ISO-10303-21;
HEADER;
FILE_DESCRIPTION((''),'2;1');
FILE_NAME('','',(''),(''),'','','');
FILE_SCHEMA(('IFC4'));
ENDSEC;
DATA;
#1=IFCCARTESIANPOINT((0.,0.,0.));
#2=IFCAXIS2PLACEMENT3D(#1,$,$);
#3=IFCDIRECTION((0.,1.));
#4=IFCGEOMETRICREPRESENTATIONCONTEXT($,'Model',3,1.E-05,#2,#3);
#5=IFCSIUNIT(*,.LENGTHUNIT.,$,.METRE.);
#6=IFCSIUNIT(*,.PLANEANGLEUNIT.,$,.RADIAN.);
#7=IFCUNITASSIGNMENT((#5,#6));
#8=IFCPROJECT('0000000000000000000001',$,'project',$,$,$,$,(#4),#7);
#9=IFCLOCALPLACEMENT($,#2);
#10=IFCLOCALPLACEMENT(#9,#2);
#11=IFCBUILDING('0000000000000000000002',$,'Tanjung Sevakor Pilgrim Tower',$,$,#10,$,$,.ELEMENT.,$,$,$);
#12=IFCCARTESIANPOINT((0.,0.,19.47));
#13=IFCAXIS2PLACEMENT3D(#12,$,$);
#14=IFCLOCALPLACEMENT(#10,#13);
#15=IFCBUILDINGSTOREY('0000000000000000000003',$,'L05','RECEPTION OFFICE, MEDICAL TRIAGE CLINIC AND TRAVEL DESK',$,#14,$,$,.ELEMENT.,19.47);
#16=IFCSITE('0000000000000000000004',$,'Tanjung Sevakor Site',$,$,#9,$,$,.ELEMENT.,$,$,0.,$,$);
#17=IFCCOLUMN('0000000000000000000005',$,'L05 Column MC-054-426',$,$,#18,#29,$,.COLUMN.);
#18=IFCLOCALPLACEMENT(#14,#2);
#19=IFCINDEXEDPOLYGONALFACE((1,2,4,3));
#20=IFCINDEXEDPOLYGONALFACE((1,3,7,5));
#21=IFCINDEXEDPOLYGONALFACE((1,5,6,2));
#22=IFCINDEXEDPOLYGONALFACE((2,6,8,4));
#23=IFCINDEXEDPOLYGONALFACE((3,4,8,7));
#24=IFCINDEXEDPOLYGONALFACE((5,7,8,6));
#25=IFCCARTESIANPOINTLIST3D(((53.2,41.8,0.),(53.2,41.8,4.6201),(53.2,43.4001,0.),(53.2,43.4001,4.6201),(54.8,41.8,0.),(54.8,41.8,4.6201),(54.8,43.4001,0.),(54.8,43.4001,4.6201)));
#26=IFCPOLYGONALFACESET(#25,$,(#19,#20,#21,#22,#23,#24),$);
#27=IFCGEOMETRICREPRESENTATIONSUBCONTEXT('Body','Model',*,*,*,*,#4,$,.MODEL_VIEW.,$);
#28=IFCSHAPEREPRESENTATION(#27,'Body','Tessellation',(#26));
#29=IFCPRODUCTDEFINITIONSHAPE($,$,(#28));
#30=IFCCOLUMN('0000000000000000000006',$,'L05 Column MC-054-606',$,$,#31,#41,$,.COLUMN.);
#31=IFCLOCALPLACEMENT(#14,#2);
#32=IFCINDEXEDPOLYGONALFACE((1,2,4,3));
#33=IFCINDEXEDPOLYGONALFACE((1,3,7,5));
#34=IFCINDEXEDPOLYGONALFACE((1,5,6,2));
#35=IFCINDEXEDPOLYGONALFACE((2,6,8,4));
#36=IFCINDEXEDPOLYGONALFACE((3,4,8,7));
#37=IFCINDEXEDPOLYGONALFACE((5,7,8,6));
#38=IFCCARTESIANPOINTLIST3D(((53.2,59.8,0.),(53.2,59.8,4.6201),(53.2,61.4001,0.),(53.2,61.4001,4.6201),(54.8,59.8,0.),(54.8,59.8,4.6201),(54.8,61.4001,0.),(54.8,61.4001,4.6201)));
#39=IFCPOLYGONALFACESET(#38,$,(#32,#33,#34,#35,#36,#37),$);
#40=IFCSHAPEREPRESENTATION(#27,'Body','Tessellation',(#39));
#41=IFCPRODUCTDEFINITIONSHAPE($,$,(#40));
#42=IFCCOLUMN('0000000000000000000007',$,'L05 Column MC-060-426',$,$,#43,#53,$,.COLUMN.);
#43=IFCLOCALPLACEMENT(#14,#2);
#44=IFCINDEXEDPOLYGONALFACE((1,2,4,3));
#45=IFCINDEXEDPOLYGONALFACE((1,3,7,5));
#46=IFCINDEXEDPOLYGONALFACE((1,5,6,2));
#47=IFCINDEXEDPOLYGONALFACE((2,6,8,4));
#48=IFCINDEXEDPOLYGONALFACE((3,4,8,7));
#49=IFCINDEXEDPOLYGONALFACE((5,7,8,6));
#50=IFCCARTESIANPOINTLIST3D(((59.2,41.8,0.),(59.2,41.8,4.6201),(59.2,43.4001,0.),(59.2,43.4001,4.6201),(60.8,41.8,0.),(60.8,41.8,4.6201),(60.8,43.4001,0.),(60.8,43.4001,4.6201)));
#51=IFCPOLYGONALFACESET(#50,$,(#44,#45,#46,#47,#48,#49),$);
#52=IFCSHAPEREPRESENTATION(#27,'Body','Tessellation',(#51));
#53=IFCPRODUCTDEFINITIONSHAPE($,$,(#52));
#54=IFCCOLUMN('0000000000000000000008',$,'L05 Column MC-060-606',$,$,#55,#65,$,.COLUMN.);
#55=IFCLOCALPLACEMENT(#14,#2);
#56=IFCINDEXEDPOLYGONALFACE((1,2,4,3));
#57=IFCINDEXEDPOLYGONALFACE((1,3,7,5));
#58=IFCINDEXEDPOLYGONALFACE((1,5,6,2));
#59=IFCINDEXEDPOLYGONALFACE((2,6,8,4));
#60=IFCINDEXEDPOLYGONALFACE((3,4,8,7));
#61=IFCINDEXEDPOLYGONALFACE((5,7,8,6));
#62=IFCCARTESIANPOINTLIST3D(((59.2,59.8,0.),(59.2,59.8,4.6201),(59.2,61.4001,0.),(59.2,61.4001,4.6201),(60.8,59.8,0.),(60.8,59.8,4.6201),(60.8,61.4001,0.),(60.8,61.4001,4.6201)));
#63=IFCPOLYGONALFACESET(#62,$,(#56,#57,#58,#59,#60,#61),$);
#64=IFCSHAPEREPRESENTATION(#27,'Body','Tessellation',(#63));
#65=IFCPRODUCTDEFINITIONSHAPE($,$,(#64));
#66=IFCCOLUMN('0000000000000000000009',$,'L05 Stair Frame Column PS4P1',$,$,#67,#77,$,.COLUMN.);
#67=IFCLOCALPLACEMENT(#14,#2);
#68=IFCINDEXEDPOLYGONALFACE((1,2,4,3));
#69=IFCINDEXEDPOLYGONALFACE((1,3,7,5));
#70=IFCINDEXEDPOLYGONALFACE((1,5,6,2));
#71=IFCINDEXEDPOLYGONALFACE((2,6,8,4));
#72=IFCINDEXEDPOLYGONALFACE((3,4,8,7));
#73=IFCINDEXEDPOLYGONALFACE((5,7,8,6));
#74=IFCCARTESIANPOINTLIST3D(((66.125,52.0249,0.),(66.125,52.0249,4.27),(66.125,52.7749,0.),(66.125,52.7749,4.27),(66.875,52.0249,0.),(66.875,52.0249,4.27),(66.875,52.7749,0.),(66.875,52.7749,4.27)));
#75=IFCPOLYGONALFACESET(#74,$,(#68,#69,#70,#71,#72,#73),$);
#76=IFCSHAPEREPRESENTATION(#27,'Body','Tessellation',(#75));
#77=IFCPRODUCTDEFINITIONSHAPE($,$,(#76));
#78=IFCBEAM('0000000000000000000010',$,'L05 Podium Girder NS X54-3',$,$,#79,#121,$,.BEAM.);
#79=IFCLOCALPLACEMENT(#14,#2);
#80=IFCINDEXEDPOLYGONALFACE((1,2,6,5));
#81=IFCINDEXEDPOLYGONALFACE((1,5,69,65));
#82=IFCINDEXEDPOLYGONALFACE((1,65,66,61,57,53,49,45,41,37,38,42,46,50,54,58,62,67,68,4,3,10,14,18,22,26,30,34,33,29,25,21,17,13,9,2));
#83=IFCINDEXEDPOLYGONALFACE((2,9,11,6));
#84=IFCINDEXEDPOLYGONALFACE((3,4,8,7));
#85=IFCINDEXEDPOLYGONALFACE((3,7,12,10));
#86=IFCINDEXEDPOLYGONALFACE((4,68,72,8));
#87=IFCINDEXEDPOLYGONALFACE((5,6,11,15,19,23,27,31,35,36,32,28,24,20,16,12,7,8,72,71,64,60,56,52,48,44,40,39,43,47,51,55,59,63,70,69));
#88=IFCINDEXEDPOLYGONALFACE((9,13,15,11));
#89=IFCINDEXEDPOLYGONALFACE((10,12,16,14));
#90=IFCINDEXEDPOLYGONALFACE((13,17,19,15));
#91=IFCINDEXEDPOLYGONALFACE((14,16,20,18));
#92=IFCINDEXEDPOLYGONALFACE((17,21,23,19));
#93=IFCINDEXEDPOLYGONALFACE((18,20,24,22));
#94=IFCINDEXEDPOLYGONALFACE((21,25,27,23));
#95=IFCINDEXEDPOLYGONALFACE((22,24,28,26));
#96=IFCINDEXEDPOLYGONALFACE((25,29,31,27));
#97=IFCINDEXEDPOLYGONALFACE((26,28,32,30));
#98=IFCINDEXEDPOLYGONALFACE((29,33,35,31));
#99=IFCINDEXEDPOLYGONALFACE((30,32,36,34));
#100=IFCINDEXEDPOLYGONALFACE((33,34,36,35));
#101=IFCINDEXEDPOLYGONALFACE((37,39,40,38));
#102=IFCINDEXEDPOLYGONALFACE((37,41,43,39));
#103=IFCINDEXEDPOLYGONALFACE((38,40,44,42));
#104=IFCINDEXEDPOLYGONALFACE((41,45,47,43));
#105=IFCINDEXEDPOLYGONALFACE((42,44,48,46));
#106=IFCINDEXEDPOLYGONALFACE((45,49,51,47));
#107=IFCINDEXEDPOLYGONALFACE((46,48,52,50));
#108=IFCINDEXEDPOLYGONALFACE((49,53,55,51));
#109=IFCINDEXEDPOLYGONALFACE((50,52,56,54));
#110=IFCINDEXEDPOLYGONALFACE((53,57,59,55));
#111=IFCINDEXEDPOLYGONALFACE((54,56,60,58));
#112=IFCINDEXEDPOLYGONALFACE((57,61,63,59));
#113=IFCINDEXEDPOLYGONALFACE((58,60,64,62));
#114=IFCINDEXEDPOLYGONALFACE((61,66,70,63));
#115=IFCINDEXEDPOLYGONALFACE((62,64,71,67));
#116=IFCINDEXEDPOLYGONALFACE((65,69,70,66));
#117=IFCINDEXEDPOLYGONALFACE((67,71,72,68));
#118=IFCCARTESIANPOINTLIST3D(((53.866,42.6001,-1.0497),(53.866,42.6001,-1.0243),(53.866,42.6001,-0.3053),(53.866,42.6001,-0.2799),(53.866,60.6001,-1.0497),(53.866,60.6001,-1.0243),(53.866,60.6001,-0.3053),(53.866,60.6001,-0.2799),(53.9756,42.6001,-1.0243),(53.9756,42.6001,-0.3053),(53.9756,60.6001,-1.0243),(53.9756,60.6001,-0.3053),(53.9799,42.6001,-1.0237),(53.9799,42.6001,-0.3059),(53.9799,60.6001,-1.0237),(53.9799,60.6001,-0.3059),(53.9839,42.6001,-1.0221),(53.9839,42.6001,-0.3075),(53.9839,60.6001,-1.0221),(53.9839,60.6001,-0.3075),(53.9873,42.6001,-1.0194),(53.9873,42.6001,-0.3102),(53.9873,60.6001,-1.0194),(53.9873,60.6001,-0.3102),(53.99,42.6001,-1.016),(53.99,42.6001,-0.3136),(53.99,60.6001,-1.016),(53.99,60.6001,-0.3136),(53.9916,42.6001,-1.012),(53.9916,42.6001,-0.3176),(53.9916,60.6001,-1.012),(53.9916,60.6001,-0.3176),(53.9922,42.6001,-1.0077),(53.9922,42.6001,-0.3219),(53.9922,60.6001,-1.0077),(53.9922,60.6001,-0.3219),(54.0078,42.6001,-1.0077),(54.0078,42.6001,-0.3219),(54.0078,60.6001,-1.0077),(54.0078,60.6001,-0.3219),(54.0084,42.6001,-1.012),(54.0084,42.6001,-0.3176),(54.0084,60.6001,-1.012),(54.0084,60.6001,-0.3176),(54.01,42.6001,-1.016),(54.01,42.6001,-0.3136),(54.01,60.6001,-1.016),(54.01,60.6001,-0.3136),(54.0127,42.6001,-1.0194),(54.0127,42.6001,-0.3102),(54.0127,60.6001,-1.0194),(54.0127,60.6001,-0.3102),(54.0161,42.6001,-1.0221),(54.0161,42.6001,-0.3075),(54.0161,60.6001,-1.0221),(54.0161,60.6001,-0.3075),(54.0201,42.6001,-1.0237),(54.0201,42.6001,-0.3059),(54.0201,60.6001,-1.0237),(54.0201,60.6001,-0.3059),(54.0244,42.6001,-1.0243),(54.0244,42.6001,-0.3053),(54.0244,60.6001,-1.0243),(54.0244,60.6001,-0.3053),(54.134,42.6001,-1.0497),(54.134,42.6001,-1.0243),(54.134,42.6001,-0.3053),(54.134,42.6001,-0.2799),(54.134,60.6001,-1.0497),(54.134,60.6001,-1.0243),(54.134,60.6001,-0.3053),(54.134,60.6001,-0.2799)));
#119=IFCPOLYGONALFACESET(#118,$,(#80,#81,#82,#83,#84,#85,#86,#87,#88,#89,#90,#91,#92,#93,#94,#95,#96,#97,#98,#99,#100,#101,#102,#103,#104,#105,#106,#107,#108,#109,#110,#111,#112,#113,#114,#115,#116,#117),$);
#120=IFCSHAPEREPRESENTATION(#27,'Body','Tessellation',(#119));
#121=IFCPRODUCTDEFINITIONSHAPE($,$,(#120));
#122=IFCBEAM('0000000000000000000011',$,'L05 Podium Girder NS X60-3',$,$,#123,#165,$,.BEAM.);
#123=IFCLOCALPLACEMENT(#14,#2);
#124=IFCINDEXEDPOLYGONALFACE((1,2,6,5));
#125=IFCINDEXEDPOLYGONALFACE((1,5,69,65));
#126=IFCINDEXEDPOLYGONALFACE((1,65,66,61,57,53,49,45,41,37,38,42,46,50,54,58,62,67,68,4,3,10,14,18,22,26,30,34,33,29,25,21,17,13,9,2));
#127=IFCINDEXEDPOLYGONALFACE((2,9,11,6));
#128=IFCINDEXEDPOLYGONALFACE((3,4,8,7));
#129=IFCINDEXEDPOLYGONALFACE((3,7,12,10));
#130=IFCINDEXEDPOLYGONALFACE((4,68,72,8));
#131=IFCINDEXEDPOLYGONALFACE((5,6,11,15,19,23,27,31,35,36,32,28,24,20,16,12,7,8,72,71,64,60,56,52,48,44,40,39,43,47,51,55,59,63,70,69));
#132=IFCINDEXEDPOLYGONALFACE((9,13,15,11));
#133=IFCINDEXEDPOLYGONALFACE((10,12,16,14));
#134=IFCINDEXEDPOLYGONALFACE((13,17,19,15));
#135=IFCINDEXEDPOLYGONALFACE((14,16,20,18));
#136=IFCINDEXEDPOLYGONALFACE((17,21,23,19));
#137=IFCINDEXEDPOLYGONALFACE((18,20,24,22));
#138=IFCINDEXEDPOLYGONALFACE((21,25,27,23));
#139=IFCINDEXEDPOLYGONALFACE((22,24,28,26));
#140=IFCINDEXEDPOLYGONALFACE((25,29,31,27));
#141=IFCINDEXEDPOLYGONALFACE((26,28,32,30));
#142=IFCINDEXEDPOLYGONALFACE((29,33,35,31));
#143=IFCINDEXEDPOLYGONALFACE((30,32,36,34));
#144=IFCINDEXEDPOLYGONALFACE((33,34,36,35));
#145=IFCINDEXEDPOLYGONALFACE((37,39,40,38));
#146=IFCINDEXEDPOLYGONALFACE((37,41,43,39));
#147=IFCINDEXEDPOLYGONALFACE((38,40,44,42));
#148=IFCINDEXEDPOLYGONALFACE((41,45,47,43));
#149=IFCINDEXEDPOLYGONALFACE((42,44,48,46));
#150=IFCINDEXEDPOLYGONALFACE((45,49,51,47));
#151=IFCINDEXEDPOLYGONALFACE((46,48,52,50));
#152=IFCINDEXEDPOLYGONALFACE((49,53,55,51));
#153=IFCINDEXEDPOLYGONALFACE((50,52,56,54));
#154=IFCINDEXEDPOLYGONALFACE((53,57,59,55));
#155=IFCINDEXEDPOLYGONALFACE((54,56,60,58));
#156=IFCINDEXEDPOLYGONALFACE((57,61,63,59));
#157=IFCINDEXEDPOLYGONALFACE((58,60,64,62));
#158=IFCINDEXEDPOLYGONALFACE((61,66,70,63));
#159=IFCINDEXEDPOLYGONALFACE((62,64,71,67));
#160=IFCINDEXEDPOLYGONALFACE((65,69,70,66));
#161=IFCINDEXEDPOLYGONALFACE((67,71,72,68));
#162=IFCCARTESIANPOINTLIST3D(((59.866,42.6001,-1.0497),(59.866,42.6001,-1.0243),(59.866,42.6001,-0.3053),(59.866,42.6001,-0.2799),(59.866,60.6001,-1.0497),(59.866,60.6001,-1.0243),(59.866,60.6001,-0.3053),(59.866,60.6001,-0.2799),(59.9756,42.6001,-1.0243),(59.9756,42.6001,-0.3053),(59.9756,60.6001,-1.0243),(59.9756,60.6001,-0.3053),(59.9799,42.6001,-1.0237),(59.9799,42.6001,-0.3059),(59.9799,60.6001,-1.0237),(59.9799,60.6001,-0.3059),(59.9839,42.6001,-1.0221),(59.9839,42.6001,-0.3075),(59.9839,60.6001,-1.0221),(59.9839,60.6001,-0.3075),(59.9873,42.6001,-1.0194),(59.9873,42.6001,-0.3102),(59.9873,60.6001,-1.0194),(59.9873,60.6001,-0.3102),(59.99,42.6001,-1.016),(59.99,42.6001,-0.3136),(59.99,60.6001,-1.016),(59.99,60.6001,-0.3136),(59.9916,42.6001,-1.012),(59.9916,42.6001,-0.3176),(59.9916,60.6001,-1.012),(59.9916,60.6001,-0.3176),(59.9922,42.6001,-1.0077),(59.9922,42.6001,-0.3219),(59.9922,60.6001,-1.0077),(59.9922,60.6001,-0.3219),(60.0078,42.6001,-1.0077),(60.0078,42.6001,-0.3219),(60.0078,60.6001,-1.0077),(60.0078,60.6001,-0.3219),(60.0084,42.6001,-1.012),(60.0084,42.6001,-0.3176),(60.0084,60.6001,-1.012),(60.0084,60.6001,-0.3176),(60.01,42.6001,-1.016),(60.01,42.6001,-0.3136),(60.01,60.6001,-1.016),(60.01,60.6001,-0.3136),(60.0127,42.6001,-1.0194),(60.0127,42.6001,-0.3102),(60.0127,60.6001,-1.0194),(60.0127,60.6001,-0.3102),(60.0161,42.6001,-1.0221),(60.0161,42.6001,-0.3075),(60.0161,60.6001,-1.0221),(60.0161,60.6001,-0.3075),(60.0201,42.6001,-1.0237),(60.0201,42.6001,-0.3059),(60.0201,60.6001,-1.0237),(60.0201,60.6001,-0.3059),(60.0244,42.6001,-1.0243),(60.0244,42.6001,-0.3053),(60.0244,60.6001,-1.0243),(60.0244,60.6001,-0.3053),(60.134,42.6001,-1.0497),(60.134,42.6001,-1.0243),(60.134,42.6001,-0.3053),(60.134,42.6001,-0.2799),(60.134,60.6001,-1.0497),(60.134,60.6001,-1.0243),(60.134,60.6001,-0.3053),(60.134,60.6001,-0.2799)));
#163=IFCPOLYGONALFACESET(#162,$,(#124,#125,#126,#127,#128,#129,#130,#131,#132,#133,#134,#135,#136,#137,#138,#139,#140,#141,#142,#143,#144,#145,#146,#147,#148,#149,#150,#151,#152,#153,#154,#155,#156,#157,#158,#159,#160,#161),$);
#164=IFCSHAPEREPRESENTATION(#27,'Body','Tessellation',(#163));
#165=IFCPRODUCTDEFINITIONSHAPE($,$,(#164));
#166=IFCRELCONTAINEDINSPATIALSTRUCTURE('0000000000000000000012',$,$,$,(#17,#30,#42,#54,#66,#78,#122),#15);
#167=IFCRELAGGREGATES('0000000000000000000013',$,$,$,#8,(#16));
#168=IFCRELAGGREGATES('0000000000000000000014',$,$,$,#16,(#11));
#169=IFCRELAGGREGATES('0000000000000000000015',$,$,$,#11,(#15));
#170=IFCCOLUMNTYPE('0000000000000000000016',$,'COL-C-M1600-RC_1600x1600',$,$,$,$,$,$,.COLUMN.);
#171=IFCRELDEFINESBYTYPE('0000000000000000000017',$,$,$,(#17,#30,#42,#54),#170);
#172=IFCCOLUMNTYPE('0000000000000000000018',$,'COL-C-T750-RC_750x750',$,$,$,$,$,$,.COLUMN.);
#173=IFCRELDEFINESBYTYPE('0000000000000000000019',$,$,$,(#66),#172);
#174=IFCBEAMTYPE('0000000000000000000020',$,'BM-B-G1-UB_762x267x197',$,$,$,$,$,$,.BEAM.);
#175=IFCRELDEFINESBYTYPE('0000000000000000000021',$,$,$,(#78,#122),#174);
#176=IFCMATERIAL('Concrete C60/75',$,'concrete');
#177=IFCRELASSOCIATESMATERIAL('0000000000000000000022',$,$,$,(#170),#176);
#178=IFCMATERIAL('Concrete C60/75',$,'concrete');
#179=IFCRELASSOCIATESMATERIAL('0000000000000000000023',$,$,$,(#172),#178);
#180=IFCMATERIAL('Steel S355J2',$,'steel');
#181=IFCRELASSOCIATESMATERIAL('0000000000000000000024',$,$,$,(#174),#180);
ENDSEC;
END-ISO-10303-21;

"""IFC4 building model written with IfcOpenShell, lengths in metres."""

from ifc_helpers import new_model, si_unit, direction, frame, origin, origin_2d, place, context, subcontext, project, spatial, rectangle, i_section, extrude, material, material_profile, profile_set, type_object, element, save


model = new_model("IFC4")

# Units and contexts
model_context = context("Model", 3, precision=1e-05, world=origin(), true_north=direction((0.0, 1.0)))
body_context = subcontext(model_context, "Body", "Model", "MODEL_VIEW")
ifc_project = project(units=[si_unit("LENGTHUNIT", "METRE"), si_unit("PLANEANGLEUNIT", "RADIAN")], contexts=[model_context])

# Site, building, storey
site_placement = place(None, origin())
site = spatial("IfcSite", under=ifc_project, at=site_placement, Name="Tanjung Sevakor Site", CompositionType="ELEMENT", RefElevation=0.0)
building_placement = place(site_placement, origin())
building = spatial("IfcBuilding", under=site, at=building_placement, Name="Tanjung Sevakor Pilgrim Tower", CompositionType="ELEMENT")
storey_placement = place(building_placement, frame((0.0, 0.0, 19.47)))
storey = spatial("IfcBuildingStorey", under=building, at=storey_placement, Name="L05", Description="RECEPTION OFFICE, MEDICAL TRIAGE CLINIC AND TRAVEL DESK", CompositionType="ELEMENT", Elevation=19.47)

# Columns
ifc_material_1 = material(Name="Concrete C60/75", Category="concrete")
ifc_material_profile_1 = material_profile(ifc_material_1, rectangle(XDim=1.6001, YDim=1.6001, at=origin_2d()))
ifc_profile_set_1 = profile_set([ifc_material_profile_1], Name="Concrete C60/75")
column_type_1 = type_object("IfcColumnType", Name="COL-C-M1600-RC_1600x1600", PredefinedType="COLUMN", material=ifc_profile_set_1)
for number, where, z_axis, x_axis, name in (
    (1, (54.0, 42.6001, 0.0), (0.0, 0.0, 1.0), (1.0, 0.0, 0.0), "L05 Column MC-054-426"),
    (2, (54.0, 60.6001, 0.0), (0.0, 0.0, 1.0), (1.0, 0.0, 0.0), "L05 Column MC-054-606"),
    (3, (60.0, 42.6001, 0.0), (0.0, 0.0, 1.0), (1.0, 0.0, 0.0), "L05 Column MC-060-426"),
    (4, (60.0, 60.6001, 0.0), (0.0, 0.0, 1.0), (1.0, 0.0, 0.0), "L05 Column MC-060-606"),
):
    element("IfcColumn", number, at=place(storey_placement, frame(where, z_axis=z_axis, x_axis=x_axis)), inside=storey, type_object=column_type_1, Name=name, PredefinedType="COLUMN", context=body_context, shape_type="SweptSolid", body=[
        extrude(rectangle(XDim=1.6001, YDim=1.6001, at=origin_2d()), origin(), (0.0, 0.0, 1.0), 4.6201),
    ])
ifc_material_2 = material(Name="Concrete C60/75", Category="concrete")
ifc_material_profile_2 = material_profile(ifc_material_2, rectangle(XDim=0.75, YDim=0.75, at=origin_2d()))
ifc_profile_set_2 = profile_set([ifc_material_profile_2], Name="Concrete C60/75")
column_type_2 = type_object("IfcColumnType", Name="COL-C-T750-RC_750x750", PredefinedType="COLUMN", material=ifc_profile_set_2)
column_placement = place(storey_placement, frame((66.5, 52.3999, 0.0), z_axis=(0.0, 0.0, 1.0), x_axis=(1.0, 0.0, 0.0)))
element("IfcColumn", 5, at=column_placement, inside=storey, type_object=column_type_2, Name="L05 Stair Frame Column PS4P1", PredefinedType="COLUMN", context=body_context, shape_type="SweptSolid", body=[
    extrude(rectangle(XDim=0.75, YDim=0.75, at=origin_2d()), origin(), (0.0, 0.0, 1.0), 4.27),
])

# Beams
ifc_material_3 = material(Name="Steel S355J2", Category="steel")
ifc_material_profile_3 = material_profile(ifc_material_3, i_section(OverallWidth=0.2681, OverallDepth=0.7698, WebThickness=0.0156, FlangeThickness=0.0254, FilletRadius=0.0166, at=origin_2d()))
ifc_profile_set_3 = profile_set([ifc_material_profile_3], Name="Steel S355J2")
beam_type_1 = type_object("IfcBeamType", Name="BM-B-G1-UB_762x267x197", PredefinedType="BEAM", material=ifc_profile_set_3)
for number, where, z_axis, x_axis, name in (
    (6, (54.0, 42.6001, -0.6648), (0.0, 1.0, 0.0), (-1.0, 0.0, 0.0), "L05 Podium Girder NS X54-3"),
    (7, (60.0, 42.6001, -0.6648), (0.0, 1.0, 0.0), (-1.0, 0.0, 0.0), "L05 Podium Girder NS X60-3"),
):
    element("IfcBeam", number, at=place(storey_placement, frame(where, z_axis=z_axis, x_axis=x_axis)), inside=storey, type_object=beam_type_1, Name=name, PredefinedType="BEAM", context=body_context, shape_type="SweptSolid", body=[
        extrude(i_section(OverallWidth=0.2681, OverallDepth=0.7698, WebThickness=0.0156, FlangeThickness=0.0254, FilletRadius=0.0166, at=origin_2d()), origin(), (0.0, 0.0, 1.0), 18.0),
    ])

save(model, "model.ifc")
